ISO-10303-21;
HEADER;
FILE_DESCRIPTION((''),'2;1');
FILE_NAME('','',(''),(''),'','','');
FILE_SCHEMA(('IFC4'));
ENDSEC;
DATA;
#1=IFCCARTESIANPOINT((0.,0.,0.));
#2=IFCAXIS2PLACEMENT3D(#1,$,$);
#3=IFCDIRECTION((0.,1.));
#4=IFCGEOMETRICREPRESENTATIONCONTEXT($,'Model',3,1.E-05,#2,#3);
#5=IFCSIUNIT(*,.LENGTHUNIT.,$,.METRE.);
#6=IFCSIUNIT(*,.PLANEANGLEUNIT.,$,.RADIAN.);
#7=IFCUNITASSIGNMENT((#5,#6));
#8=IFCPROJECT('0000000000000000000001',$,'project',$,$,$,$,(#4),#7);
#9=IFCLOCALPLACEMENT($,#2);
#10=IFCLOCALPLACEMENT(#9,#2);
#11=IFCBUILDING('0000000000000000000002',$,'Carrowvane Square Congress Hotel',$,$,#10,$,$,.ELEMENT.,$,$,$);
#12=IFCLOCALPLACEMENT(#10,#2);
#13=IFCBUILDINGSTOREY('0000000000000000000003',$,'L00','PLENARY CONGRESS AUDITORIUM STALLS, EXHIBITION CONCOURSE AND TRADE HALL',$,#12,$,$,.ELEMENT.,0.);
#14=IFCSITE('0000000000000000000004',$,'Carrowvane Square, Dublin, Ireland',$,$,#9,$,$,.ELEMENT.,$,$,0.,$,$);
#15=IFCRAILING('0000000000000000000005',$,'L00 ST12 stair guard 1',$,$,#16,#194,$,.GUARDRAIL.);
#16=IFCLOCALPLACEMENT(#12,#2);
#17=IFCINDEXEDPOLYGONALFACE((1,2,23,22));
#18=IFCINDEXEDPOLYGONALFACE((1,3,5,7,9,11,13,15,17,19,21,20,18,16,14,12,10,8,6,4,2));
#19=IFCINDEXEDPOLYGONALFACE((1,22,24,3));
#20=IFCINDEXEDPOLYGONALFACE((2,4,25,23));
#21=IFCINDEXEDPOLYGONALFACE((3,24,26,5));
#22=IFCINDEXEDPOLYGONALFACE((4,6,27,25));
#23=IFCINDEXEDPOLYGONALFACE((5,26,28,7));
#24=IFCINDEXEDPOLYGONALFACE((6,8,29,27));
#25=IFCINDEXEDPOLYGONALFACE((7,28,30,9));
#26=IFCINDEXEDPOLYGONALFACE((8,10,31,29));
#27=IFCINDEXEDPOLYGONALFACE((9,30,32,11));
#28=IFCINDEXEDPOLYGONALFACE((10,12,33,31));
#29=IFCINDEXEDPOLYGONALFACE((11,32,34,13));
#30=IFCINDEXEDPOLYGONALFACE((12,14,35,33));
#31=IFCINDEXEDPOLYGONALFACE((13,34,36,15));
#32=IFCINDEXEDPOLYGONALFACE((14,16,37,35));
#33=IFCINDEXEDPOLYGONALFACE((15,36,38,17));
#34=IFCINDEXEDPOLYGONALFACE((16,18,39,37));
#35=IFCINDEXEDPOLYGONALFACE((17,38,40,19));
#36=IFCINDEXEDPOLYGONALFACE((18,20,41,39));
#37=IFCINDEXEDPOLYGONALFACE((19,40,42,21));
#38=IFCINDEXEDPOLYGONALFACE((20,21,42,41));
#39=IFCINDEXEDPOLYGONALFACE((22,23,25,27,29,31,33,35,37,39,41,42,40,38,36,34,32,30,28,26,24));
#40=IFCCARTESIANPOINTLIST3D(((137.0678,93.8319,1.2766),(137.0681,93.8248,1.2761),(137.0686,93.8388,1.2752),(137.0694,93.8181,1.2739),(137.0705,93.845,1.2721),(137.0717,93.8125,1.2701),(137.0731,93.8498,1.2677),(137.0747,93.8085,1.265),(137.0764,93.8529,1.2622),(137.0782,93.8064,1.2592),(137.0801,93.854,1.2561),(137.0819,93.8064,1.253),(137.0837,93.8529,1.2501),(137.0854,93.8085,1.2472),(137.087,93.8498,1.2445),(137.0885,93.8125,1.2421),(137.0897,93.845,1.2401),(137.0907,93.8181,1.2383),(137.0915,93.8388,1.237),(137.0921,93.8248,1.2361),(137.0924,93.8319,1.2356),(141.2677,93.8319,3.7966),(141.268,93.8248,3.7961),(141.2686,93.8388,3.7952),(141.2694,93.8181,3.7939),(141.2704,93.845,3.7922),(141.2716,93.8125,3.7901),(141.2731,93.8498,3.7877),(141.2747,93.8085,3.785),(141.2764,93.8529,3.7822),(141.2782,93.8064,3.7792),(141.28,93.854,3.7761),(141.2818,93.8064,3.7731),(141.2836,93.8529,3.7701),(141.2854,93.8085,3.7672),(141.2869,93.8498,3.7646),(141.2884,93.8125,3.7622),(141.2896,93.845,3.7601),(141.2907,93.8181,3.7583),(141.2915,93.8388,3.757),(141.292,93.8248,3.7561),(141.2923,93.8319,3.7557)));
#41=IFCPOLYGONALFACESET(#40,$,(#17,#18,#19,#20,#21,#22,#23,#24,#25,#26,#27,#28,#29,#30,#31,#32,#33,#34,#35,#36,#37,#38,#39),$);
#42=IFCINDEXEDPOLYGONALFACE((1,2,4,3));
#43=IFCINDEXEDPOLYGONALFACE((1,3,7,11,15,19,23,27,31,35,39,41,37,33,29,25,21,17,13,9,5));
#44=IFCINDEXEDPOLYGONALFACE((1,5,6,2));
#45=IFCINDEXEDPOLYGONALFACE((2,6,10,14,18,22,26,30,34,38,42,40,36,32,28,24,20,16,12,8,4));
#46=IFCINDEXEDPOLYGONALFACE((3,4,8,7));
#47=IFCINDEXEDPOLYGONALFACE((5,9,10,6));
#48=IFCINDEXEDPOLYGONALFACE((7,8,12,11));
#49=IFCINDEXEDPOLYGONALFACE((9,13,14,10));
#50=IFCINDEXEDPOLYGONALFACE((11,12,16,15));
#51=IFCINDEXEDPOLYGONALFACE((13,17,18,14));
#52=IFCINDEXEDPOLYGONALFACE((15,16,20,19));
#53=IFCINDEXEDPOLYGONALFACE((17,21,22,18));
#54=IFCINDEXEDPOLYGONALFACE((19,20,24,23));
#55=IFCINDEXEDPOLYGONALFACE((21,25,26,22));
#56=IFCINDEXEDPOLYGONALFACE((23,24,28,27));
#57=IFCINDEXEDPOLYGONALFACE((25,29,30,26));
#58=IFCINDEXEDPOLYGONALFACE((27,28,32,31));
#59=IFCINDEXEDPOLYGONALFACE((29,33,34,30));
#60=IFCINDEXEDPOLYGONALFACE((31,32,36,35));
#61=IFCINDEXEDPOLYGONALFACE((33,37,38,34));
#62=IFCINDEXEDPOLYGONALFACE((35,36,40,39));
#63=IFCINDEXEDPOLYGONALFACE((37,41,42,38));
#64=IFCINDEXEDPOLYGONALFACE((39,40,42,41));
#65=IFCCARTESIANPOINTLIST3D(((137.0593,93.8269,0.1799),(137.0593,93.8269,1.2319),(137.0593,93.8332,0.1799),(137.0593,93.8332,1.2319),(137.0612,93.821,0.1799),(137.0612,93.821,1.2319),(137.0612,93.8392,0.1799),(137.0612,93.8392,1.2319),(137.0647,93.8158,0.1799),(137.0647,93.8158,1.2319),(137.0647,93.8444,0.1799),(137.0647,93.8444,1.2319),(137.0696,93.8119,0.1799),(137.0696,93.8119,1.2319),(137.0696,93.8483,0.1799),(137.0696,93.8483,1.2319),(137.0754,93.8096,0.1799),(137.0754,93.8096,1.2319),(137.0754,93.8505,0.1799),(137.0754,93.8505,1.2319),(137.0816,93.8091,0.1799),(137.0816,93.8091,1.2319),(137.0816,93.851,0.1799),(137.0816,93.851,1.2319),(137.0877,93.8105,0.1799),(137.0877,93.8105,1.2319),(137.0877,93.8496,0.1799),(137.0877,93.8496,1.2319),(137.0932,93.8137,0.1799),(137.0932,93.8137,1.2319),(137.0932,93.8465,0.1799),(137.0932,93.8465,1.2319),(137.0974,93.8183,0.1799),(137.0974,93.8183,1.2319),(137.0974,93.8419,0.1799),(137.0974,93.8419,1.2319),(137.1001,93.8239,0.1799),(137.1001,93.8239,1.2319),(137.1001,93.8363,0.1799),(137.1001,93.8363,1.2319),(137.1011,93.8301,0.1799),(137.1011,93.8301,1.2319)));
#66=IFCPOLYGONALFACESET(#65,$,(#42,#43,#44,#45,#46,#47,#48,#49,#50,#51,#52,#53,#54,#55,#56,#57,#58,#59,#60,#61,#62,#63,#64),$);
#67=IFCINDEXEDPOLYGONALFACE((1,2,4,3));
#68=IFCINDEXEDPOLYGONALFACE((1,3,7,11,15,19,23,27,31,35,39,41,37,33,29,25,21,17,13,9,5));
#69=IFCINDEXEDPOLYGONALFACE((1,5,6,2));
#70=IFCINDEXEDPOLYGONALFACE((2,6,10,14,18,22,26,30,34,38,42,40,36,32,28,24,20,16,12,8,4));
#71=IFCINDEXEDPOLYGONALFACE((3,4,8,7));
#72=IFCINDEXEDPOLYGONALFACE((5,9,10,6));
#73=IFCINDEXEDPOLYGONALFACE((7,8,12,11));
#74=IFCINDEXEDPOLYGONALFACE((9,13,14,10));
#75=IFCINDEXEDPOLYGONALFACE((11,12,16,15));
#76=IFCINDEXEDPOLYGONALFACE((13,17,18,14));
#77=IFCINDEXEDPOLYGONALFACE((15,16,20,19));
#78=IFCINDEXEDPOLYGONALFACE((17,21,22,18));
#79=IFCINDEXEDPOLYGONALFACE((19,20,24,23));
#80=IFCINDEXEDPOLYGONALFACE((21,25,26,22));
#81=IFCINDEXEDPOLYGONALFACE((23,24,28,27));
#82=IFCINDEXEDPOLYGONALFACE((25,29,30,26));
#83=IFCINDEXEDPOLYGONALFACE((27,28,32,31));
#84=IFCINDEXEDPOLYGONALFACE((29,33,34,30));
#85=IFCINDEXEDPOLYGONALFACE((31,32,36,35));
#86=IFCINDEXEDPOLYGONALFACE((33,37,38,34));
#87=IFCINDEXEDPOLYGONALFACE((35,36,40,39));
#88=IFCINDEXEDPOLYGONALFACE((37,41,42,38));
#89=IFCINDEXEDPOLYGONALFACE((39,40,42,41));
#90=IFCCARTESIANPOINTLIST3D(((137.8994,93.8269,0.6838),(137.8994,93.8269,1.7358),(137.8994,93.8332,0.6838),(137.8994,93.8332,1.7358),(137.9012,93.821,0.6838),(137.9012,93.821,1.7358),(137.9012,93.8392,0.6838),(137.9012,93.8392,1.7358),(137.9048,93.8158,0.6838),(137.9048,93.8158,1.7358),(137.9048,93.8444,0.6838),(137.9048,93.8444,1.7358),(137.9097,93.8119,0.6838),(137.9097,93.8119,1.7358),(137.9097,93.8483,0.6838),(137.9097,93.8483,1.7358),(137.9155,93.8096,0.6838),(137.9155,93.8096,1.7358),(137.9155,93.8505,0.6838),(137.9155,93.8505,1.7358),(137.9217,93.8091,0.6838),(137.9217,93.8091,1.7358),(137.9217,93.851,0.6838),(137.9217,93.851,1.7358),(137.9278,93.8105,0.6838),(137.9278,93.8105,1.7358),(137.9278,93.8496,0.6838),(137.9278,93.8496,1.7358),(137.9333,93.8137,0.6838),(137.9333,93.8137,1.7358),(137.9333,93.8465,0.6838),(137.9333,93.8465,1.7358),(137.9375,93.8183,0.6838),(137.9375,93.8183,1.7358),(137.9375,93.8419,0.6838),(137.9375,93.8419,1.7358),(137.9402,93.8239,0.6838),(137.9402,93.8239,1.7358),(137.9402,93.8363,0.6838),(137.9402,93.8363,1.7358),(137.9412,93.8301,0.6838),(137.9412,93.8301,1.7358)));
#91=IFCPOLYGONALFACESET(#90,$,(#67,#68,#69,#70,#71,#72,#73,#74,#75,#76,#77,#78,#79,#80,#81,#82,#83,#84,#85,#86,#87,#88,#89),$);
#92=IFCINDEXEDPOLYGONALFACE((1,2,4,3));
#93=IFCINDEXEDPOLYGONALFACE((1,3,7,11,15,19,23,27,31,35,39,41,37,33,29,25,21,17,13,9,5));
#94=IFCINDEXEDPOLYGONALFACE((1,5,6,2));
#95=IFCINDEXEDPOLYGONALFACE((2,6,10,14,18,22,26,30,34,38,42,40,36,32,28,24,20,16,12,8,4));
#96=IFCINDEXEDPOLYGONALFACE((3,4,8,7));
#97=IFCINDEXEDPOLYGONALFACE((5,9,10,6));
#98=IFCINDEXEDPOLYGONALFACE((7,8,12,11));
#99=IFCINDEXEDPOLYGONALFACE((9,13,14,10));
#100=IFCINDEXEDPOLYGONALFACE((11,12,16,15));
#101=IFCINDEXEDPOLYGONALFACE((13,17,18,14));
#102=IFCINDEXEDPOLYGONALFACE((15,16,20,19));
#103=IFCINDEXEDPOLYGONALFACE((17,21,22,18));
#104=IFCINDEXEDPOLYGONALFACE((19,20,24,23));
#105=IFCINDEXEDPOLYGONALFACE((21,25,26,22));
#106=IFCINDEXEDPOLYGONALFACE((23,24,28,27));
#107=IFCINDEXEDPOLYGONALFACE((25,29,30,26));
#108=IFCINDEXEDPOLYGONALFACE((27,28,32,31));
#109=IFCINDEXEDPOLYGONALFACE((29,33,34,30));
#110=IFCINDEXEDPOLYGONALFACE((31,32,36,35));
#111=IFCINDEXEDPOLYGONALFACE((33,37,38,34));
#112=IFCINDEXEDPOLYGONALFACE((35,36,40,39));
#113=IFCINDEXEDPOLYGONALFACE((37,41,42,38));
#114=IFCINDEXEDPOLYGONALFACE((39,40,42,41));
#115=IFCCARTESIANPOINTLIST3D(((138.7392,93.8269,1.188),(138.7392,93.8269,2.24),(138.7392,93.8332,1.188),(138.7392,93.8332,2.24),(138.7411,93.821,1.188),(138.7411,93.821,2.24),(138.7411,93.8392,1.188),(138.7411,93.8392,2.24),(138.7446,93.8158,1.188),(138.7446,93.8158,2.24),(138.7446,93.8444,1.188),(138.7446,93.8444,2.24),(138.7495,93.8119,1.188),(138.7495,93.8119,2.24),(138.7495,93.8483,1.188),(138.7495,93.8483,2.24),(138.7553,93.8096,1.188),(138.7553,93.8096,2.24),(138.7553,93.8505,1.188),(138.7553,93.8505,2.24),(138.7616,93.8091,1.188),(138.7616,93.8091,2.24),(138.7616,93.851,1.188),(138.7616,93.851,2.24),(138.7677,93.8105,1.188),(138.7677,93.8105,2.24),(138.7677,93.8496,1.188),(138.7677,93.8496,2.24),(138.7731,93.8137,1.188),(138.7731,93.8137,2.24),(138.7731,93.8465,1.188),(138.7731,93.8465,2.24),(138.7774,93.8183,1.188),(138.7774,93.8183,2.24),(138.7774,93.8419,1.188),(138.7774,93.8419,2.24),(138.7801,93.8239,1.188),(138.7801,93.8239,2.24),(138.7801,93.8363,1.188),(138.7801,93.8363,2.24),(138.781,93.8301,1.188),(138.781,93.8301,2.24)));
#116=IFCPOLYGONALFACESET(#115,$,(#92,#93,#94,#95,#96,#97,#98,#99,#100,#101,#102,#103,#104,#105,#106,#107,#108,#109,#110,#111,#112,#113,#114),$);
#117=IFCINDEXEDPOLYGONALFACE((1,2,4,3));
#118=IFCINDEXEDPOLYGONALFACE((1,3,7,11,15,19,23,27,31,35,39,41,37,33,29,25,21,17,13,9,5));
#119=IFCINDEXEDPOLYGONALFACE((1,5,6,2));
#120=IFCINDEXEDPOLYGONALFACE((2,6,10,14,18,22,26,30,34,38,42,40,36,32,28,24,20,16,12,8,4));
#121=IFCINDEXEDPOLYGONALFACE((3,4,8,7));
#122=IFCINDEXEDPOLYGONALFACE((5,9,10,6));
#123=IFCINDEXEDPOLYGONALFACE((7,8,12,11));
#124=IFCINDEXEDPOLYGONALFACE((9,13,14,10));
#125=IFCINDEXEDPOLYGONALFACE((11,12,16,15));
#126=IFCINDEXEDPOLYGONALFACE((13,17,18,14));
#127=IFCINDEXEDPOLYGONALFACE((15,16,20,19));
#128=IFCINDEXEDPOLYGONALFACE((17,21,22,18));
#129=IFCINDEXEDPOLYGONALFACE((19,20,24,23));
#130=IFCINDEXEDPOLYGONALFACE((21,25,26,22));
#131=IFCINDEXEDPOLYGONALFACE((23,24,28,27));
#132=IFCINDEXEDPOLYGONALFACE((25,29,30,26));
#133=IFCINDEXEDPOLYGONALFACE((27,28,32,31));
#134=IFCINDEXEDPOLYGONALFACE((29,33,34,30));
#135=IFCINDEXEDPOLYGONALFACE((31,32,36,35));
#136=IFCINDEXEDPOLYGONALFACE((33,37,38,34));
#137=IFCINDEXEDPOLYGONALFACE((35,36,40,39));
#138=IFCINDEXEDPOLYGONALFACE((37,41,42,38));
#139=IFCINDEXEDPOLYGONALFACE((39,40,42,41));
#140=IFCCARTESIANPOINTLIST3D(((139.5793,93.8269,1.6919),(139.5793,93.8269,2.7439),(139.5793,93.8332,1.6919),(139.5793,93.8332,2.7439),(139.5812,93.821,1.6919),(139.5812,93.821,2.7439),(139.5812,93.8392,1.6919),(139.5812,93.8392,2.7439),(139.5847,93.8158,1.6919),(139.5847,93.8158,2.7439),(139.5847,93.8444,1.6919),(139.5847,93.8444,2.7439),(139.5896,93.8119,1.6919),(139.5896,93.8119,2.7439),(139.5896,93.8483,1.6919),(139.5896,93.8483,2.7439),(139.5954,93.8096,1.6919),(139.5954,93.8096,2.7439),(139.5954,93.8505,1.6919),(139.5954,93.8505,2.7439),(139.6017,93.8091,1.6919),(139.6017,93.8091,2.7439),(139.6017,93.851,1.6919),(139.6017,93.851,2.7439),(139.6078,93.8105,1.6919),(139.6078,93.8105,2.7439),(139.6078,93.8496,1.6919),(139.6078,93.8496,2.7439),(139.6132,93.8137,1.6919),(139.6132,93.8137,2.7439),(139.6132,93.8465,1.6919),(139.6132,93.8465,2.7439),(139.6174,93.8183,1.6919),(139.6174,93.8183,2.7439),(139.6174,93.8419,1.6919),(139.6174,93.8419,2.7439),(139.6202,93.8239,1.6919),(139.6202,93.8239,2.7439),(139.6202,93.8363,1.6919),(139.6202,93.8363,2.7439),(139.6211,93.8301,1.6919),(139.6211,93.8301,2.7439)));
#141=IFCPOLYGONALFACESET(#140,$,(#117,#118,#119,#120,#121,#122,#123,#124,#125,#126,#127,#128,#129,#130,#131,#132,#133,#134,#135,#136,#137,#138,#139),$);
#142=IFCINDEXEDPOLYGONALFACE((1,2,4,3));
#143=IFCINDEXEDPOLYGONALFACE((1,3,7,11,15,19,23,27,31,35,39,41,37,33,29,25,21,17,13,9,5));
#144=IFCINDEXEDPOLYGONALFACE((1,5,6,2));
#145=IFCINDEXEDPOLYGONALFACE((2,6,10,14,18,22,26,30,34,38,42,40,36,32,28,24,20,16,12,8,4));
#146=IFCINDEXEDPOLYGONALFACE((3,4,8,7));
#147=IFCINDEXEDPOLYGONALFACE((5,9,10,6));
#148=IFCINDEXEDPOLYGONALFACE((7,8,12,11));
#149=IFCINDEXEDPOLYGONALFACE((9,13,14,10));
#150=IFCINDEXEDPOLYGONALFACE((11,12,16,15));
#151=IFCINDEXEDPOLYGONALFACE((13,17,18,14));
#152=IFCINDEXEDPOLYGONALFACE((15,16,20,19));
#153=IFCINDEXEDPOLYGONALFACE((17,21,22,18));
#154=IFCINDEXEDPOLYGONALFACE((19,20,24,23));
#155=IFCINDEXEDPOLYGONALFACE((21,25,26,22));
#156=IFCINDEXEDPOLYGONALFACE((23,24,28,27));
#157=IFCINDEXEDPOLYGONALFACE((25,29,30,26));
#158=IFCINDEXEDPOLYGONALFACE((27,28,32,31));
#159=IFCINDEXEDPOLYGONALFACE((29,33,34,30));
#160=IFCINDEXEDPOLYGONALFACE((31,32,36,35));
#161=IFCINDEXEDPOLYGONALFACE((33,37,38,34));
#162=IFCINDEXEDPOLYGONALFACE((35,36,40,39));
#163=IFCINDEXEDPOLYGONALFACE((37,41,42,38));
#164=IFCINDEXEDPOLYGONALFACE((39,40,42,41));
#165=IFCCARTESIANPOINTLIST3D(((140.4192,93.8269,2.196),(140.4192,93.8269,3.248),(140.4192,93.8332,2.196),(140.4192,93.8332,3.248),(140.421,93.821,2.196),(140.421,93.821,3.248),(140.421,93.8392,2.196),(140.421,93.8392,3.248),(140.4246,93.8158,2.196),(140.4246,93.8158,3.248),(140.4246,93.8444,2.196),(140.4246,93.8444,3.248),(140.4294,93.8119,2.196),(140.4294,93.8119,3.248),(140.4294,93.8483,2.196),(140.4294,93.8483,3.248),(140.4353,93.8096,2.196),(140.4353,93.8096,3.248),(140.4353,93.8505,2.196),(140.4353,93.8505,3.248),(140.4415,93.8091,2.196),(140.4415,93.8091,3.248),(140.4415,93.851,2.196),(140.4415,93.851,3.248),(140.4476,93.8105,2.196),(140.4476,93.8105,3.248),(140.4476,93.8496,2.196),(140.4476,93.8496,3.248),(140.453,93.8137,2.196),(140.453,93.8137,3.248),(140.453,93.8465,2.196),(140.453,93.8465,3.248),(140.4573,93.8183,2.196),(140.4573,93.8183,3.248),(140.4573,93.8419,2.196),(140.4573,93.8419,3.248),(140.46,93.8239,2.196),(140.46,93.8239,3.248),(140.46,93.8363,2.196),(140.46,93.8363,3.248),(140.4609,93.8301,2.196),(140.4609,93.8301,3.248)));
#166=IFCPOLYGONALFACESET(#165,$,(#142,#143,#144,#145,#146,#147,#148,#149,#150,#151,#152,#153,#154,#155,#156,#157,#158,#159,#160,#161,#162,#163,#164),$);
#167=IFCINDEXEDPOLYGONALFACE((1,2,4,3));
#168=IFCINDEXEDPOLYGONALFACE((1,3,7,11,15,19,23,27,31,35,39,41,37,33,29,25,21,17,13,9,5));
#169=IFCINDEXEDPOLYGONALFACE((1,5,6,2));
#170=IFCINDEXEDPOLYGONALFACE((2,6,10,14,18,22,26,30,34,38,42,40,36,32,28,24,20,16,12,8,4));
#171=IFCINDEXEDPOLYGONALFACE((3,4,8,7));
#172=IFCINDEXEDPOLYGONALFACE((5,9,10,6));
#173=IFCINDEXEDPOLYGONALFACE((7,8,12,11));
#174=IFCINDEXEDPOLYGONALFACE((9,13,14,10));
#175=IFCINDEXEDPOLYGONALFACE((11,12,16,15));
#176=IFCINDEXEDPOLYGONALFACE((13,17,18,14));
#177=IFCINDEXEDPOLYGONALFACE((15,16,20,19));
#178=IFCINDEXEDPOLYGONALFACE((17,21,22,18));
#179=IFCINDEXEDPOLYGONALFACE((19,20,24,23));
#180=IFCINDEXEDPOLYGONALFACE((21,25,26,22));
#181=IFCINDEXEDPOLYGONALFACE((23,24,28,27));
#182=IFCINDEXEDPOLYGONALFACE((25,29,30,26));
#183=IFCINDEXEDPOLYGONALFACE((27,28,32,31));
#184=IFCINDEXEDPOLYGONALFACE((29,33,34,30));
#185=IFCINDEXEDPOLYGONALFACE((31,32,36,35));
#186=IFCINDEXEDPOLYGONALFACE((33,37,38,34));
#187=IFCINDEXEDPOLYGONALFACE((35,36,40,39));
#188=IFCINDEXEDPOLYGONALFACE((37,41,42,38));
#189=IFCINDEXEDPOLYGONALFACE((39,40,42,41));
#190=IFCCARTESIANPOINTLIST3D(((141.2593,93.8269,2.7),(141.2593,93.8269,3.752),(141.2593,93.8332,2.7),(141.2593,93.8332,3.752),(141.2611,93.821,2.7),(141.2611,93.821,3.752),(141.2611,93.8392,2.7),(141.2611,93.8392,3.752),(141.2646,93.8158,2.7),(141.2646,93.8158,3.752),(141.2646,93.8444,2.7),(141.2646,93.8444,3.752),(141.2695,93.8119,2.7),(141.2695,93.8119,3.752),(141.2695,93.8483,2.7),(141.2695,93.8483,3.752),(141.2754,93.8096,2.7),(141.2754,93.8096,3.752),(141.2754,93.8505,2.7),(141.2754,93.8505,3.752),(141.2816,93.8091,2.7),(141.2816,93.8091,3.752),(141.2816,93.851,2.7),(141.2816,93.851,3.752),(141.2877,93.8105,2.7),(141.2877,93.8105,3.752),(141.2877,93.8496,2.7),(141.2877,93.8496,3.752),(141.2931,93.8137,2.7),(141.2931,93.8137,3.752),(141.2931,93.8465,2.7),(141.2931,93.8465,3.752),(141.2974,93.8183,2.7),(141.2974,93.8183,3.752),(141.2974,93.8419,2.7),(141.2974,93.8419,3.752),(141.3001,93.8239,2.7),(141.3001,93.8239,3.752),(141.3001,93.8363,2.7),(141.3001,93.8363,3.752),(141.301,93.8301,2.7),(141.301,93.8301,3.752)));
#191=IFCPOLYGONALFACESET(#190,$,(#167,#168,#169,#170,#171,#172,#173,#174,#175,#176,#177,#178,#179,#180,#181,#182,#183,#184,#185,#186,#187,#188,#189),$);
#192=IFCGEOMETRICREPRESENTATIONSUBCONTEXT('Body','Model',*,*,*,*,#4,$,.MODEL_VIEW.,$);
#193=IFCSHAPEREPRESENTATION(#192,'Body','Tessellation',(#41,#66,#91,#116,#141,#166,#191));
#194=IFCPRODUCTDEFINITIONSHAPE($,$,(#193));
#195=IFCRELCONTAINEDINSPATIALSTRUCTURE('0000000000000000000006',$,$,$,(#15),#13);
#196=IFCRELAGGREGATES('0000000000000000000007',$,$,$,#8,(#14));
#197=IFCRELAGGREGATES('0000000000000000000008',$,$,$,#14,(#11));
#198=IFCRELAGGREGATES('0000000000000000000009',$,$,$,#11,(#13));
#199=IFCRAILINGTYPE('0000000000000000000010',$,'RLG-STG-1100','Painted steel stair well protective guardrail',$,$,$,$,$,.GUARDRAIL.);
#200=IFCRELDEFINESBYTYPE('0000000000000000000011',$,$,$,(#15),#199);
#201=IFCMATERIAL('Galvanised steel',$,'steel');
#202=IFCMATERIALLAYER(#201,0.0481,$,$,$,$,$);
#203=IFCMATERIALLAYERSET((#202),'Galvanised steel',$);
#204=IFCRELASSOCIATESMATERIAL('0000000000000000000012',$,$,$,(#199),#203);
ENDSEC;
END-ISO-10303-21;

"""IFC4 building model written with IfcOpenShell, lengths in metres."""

from ifc_helpers import new_model, si_unit, direction, frame, origin, origin_2d, place, context, subcontext, project, spatial, circle, extrude, material, layer, layer_set, type_object, element, save


model = new_model("IFC4")

# Units and contexts
model_context = context("Model", 3, precision=1e-05, world=origin(), true_north=direction((0.0, 1.0)))
body_context = subcontext(model_context, "Body", "Model", "MODEL_VIEW")
ifc_project = project(units=[si_unit("LENGTHUNIT", "METRE"), si_unit("PLANEANGLEUNIT", "RADIAN")], contexts=[model_context])

# Site, building, storey
site_placement = place(None, origin())
site = spatial("IfcSite", under=ifc_project, at=site_placement, Name="Carrowvane Square, Dublin, Ireland", CompositionType="ELEMENT", RefElevation=0.0)
building_placement = place(site_placement, origin())
building = spatial("IfcBuilding", under=site, at=building_placement, Name="Carrowvane Square Congress Hotel", CompositionType="ELEMENT")
storey_placement = place(building_placement, origin())
storey = spatial("IfcBuildingStorey", under=building, at=storey_placement, Name="L00", Description="PLENARY CONGRESS AUDITORIUM STALLS, EXHIBITION CONCOURSE AND TRADE HALL", CompositionType="ELEMENT", Elevation=0.0)

# Railing
ifc_material_1 = material(Name="Galvanised steel", Category="steel")
ifc_layer_1 = layer(ifc_material_1, 0.0481)
ifc_layer_set_1 = layer_set([ifc_layer_1], Name="Galvanised steel")
railing_type_1 = type_object("IfcRailingType", Name="RLG-STG-1100", Description="Painted steel stair well protective guardrail", PredefinedType="GUARDRAIL", material=ifc_layer_set_1)
railing_1_placement = place(storey_placement, frame((137.0801, 93.8301, 0.1799)))
element("IfcRailing", 1, at=railing_1_placement, inside=storey, type_object=railing_type_1, Name="L00 ST12 stair guard 1", PredefinedType="GUARDRAIL", context=body_context, shape_type="SweptSolid", body=[
    extrude(circle(Radius=0.0239, at=origin_2d()), frame((0.0, 0.0, 1.0762), z_axis=(0.857489, 0.0, 0.514503), x_axis=(0.0, 1.0, 0.0)), (0.0, 0.0, 1.0), 4.8979),
    extrude(circle(Radius=0.021, at=origin_2d()), origin(), (0.0, 0.0, 1.0), 1.052),
    extrude(circle(Radius=0.021, at=origin_2d()), frame((0.8401, 0.0, 0.5039)), (0.0, 0.0, 1.0), 1.052),
    extrude(circle(Radius=0.021, at=origin_2d()), frame((1.6799, 0.0, 1.0081)), (0.0, 0.0, 1.0), 1.052),
    extrude(circle(Radius=0.021, at=origin_2d()), frame((2.52, 0.0, 1.512)), (0.0, 0.0, 1.0), 1.052),
    extrude(circle(Radius=0.021, at=origin_2d()), frame((3.3599, 0.0, 2.0161)), (0.0, 0.0, 1.0), 1.052),
    extrude(circle(Radius=0.021, at=origin_2d()), frame((4.2, 0.0, 2.52)), (0.0, 0.0, 1.0), 1.052),
])

save(model, "model.ifc")
